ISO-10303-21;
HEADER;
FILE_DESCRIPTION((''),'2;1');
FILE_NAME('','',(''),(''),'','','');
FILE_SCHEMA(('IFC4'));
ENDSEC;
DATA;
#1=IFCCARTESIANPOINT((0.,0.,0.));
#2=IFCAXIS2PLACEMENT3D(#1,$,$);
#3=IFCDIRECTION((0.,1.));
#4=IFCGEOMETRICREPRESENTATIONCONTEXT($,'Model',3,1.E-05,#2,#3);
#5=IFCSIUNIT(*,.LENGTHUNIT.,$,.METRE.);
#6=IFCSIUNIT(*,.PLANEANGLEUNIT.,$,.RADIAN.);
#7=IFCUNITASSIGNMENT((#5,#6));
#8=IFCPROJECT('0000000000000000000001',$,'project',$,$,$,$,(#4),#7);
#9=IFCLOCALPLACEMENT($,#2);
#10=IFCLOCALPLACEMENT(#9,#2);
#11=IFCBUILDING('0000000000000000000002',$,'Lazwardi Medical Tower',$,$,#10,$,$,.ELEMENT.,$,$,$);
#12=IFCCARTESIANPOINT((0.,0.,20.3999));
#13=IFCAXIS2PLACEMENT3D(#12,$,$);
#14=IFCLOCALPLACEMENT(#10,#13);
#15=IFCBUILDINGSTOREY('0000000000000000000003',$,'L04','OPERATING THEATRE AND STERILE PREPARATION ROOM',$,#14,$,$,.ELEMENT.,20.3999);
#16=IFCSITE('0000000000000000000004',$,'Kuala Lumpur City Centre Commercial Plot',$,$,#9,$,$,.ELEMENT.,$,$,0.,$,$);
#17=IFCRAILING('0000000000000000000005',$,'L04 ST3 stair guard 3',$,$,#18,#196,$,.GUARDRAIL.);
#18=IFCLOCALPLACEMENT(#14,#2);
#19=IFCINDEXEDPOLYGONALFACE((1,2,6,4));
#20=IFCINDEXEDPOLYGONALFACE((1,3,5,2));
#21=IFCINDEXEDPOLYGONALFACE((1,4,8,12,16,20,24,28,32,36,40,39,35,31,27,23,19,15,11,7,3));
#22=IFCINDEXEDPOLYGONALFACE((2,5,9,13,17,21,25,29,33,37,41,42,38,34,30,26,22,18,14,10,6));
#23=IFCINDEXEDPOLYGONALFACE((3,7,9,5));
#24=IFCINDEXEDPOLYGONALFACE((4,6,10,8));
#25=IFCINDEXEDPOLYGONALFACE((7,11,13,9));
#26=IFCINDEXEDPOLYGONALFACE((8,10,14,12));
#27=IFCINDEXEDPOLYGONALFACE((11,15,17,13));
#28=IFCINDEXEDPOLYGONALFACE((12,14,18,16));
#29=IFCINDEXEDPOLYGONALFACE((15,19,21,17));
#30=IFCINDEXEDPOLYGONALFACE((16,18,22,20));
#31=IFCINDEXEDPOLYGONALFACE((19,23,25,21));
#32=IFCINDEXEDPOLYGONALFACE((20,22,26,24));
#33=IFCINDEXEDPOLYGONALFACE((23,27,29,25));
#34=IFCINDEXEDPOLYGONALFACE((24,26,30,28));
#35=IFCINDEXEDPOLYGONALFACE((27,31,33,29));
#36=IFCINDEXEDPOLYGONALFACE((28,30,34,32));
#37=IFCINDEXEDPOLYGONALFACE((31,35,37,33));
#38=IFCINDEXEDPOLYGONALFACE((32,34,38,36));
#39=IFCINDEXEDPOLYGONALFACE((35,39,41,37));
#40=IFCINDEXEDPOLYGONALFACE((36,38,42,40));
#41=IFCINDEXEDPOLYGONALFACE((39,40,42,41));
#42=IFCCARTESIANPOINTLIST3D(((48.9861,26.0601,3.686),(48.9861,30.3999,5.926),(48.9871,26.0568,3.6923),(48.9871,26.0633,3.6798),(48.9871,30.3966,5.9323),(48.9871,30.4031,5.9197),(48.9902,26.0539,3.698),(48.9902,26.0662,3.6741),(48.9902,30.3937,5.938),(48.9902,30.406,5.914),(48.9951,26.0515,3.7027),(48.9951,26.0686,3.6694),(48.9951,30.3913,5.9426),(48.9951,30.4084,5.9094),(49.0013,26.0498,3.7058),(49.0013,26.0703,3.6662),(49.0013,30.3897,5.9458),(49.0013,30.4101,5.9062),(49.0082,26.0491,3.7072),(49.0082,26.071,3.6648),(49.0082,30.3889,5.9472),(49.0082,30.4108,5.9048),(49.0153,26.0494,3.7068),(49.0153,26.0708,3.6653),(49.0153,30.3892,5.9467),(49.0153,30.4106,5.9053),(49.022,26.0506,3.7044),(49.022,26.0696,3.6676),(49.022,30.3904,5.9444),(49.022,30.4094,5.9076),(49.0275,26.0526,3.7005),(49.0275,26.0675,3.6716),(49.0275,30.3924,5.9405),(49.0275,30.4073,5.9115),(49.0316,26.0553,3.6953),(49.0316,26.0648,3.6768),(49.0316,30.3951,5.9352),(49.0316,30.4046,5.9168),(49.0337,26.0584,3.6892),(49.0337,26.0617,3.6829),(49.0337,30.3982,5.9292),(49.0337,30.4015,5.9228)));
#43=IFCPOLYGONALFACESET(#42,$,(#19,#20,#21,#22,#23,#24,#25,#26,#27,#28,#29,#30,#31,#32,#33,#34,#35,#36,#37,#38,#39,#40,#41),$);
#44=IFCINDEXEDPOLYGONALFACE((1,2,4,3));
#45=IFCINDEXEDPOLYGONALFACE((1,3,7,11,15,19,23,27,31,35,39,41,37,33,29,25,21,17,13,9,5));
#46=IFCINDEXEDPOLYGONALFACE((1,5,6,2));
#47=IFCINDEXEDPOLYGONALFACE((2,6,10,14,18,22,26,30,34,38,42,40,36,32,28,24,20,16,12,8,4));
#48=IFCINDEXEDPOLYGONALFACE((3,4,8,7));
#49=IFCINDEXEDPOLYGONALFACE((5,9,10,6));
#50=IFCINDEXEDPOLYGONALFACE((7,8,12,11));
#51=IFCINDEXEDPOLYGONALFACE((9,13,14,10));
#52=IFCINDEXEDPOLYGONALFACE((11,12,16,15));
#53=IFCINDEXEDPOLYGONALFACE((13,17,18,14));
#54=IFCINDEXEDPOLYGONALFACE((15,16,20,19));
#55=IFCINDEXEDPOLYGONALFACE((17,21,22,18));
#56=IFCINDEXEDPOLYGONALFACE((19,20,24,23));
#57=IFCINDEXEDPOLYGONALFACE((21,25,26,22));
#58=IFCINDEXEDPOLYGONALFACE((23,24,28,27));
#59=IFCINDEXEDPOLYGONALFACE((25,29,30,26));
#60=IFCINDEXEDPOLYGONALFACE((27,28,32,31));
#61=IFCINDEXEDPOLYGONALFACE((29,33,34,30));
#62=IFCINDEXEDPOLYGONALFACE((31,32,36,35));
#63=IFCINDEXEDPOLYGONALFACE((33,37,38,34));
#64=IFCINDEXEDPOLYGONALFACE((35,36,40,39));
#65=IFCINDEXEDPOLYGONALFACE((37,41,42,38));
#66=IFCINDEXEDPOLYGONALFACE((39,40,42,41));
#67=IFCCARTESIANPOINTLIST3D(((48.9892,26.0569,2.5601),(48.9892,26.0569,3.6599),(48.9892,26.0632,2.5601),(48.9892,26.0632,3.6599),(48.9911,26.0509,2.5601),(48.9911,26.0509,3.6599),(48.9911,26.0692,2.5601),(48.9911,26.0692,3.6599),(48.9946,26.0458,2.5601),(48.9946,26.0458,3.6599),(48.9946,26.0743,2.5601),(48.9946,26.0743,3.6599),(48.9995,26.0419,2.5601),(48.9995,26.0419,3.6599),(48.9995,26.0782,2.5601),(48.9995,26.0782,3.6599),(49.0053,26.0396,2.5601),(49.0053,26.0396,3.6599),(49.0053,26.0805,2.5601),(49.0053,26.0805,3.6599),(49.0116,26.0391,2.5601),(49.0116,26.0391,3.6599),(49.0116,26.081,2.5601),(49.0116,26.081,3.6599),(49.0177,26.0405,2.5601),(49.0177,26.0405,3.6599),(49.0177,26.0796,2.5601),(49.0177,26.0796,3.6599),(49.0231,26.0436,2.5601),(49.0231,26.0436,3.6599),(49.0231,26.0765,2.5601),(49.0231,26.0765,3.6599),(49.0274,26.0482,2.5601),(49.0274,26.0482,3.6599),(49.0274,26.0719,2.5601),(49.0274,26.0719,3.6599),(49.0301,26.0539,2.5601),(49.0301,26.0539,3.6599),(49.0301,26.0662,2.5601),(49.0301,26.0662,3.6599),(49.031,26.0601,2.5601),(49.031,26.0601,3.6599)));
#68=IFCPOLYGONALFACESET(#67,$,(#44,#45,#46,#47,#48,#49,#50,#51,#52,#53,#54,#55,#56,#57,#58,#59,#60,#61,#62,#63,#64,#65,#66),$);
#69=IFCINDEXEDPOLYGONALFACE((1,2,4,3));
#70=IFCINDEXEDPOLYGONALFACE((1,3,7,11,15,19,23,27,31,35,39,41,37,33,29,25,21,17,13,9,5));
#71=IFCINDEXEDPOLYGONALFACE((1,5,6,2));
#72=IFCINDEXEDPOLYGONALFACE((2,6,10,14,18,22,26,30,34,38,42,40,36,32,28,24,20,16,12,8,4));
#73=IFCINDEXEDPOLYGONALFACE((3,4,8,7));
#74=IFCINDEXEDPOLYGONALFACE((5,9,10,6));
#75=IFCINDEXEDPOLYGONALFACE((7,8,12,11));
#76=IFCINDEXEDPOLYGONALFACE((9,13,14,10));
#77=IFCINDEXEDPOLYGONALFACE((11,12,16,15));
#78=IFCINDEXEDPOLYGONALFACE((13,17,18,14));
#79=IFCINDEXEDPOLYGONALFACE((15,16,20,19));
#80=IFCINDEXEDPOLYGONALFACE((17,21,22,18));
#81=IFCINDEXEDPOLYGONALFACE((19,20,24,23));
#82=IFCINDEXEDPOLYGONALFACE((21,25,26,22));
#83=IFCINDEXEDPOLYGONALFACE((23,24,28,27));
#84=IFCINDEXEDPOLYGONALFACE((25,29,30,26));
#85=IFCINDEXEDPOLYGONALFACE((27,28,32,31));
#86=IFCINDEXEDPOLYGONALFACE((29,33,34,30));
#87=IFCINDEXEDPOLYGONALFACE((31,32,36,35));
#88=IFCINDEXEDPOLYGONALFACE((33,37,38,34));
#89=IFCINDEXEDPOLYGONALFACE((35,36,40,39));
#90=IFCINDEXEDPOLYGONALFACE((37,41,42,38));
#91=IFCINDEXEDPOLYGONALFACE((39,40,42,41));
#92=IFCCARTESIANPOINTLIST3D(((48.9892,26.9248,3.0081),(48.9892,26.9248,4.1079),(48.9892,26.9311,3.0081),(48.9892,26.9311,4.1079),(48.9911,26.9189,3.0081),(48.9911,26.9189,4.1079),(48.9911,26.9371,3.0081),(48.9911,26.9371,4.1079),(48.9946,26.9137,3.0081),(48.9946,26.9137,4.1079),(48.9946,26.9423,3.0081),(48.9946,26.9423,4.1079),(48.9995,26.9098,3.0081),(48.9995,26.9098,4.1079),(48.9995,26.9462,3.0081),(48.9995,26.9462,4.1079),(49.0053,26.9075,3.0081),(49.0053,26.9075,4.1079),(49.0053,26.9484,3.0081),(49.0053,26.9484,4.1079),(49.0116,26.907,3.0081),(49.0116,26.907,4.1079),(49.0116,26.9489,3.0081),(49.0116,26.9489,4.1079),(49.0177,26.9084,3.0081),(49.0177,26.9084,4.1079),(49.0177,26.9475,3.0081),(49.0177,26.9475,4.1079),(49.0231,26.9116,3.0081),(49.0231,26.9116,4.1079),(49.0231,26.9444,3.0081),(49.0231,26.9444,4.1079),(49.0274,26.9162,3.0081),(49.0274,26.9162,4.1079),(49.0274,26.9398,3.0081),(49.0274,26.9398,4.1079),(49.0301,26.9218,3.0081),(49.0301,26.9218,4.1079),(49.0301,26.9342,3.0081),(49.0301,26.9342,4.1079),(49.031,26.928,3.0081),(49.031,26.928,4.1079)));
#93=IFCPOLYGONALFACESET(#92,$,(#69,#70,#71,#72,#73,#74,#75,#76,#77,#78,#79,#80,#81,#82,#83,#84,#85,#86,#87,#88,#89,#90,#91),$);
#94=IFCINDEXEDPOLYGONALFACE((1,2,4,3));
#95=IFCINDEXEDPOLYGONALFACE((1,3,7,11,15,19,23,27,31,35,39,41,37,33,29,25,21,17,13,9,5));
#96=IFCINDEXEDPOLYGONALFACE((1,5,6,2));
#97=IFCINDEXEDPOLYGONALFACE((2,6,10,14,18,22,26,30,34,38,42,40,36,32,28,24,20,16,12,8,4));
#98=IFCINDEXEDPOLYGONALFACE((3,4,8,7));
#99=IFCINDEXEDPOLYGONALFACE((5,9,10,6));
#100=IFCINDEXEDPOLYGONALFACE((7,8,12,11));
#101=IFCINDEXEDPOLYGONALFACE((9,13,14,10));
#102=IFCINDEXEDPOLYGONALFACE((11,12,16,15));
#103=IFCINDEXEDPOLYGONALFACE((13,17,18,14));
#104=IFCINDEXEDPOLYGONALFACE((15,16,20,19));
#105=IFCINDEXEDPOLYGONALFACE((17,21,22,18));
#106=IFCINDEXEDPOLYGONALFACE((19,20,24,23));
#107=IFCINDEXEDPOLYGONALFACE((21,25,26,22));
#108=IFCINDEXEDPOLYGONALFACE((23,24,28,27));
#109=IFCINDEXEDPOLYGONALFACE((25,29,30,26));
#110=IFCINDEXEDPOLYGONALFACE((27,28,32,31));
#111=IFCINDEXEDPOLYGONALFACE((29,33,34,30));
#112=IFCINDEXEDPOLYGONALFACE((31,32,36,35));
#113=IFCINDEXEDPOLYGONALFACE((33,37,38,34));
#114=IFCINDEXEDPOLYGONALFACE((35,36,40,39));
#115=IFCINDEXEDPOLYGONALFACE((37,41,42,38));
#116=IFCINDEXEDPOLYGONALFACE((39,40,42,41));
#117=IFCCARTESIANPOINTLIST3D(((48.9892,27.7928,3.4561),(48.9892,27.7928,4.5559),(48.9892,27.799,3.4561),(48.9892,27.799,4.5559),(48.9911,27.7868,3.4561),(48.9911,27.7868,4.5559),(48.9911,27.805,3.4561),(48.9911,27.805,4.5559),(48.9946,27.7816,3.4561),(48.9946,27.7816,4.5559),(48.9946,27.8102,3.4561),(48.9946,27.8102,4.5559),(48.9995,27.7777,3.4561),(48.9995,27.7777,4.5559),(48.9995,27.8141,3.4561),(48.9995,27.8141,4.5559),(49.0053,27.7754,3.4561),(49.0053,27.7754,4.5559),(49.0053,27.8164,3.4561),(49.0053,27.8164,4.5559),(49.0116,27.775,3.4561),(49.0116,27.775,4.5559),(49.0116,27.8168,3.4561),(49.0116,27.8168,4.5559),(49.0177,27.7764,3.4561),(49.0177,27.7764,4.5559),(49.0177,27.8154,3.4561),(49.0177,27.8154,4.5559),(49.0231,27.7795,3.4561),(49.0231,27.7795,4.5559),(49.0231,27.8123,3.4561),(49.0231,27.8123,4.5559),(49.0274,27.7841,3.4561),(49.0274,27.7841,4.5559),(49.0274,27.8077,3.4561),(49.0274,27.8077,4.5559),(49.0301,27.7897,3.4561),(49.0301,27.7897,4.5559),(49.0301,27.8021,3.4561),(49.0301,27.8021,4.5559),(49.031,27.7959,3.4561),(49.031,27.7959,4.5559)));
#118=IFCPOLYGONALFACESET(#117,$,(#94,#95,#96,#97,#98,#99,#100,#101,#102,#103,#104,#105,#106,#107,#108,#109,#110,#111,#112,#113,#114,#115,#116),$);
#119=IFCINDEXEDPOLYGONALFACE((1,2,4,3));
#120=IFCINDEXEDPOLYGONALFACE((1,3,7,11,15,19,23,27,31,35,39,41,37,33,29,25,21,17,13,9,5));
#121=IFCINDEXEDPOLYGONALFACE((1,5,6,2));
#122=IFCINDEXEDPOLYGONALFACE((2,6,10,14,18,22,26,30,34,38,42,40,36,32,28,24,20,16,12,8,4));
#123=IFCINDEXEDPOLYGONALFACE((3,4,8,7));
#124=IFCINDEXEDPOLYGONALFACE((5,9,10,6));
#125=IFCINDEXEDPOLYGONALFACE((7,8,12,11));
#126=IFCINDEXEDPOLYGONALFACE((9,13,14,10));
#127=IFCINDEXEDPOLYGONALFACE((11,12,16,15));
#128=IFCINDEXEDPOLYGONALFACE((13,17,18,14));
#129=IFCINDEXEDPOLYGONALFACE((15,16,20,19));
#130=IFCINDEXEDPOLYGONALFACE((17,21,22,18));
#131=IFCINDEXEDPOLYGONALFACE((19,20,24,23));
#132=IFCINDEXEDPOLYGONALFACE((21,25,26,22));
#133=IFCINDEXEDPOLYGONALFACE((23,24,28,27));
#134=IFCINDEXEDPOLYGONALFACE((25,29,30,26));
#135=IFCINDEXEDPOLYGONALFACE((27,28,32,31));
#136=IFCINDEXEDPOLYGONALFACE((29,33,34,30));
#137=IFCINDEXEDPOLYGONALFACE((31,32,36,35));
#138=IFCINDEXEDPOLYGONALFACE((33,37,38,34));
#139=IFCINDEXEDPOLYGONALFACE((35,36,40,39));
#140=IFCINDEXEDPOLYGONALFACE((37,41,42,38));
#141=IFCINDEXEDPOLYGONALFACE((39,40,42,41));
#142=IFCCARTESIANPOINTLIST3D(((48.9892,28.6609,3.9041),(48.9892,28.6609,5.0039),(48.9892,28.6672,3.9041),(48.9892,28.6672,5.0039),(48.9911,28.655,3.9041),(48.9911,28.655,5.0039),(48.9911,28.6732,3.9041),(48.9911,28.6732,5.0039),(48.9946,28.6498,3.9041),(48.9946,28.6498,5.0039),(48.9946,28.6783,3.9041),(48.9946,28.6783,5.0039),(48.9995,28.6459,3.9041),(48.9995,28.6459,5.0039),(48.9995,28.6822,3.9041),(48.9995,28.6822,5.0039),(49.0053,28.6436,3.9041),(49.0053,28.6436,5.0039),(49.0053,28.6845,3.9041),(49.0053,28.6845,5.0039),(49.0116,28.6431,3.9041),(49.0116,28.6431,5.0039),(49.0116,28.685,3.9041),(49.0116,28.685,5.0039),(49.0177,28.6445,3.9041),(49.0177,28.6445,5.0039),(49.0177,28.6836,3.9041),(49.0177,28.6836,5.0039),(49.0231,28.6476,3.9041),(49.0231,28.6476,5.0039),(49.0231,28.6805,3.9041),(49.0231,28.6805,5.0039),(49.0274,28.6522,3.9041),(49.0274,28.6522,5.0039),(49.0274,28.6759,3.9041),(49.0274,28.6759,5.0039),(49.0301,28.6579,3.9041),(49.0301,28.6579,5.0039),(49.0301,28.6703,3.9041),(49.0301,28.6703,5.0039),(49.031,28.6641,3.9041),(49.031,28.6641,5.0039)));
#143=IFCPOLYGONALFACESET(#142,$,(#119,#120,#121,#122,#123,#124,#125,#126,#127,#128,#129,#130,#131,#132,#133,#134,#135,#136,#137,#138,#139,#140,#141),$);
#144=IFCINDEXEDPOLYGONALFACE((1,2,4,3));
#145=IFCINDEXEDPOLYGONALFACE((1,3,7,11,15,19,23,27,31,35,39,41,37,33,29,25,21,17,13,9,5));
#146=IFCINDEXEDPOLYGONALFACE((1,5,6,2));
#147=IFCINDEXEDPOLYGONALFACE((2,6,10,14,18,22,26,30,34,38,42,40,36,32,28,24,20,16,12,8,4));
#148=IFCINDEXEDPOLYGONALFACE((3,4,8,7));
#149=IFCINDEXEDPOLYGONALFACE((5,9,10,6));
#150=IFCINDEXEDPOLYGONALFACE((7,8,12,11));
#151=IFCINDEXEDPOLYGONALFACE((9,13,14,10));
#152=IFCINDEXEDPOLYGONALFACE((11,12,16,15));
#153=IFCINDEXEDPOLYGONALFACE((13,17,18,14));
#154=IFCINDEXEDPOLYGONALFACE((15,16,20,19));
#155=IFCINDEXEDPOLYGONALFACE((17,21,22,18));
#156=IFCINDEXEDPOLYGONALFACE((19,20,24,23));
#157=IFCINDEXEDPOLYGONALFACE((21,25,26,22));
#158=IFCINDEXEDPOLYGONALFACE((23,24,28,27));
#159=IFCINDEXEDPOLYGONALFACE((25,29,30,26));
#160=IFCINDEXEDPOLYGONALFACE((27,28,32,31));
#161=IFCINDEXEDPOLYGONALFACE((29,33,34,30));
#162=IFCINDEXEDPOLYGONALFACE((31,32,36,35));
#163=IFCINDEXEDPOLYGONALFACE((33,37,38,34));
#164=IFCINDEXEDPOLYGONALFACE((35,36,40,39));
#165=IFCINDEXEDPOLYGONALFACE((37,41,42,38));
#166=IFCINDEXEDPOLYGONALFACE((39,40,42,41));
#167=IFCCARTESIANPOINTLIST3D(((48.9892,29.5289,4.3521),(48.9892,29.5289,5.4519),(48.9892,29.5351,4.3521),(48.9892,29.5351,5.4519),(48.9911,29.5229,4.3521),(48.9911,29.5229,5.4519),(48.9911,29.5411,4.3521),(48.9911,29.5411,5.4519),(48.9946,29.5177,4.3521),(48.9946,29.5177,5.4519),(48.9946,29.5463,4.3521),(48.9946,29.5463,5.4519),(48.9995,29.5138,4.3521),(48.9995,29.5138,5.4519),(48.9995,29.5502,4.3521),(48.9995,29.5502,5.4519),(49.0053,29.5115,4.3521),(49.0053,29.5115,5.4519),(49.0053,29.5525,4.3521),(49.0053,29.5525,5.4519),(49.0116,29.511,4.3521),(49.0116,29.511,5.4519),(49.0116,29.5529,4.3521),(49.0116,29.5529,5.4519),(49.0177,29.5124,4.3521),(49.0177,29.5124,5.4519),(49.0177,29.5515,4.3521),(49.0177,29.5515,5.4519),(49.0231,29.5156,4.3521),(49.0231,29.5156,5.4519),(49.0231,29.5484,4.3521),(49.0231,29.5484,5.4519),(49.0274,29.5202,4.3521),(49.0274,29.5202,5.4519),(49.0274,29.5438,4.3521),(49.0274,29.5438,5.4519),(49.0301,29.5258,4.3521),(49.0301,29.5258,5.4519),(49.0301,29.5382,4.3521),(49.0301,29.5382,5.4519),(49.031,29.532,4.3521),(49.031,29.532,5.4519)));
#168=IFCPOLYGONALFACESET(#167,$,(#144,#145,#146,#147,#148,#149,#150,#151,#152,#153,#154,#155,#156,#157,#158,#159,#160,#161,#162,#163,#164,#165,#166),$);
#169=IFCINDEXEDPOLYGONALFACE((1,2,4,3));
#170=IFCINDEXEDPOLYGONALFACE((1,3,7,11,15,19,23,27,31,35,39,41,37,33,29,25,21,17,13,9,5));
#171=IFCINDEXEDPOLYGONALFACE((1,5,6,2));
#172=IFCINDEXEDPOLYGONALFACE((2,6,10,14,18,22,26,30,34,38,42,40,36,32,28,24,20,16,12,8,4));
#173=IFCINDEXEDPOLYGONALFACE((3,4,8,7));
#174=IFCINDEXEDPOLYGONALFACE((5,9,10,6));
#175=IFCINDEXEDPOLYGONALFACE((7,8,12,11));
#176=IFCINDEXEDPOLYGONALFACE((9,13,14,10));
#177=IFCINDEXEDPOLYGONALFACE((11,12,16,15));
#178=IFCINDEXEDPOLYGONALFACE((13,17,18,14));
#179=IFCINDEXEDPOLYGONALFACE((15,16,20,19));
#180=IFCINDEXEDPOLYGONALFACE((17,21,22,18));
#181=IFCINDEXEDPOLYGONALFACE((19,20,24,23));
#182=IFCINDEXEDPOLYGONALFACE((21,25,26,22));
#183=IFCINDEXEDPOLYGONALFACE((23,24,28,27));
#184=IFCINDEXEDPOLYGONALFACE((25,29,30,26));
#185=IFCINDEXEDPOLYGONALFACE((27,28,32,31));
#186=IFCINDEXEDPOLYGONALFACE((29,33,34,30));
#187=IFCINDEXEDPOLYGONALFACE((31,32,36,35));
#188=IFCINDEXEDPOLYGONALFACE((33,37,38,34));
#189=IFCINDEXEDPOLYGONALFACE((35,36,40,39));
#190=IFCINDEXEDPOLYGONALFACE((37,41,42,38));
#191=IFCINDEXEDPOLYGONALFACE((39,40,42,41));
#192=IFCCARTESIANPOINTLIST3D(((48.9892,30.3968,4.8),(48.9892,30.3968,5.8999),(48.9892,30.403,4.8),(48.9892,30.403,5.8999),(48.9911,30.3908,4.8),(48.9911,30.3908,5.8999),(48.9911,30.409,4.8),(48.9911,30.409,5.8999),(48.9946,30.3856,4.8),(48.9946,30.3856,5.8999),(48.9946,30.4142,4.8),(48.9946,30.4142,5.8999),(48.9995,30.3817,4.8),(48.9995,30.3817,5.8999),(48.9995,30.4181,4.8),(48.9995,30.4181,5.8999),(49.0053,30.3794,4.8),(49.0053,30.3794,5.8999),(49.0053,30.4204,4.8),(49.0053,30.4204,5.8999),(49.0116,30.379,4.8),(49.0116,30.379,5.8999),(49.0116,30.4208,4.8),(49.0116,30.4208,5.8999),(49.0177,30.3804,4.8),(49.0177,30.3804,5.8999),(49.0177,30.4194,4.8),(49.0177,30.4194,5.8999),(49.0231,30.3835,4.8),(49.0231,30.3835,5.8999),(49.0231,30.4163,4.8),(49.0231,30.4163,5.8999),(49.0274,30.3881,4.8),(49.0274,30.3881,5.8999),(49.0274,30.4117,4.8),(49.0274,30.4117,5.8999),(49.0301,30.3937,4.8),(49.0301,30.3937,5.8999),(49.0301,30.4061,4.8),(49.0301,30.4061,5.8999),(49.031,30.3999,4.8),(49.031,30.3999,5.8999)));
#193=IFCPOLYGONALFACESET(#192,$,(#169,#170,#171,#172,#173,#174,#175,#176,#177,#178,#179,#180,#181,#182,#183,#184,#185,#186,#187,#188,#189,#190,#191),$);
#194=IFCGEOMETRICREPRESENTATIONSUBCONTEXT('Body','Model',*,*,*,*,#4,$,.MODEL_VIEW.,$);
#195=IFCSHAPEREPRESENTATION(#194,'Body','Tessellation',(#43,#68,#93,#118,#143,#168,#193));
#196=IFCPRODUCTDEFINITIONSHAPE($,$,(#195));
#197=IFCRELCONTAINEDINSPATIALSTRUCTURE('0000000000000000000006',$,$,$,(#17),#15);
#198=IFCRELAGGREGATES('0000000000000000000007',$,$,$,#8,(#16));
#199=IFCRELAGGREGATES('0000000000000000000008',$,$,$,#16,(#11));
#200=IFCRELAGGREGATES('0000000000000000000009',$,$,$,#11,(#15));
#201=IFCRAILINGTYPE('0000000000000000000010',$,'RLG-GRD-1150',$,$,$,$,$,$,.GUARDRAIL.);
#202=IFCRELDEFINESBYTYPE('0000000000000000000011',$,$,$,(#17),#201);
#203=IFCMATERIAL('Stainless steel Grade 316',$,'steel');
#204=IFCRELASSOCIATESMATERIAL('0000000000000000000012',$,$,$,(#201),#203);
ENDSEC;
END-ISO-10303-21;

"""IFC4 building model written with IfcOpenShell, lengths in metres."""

from ifc_helpers import new_model, si_unit, direction, frame, origin, origin_2d, place, context, subcontext, project, spatial, circle, extrude, material, type_object, element, save


model = new_model("IFC4")

# Units and contexts
model_context = context("Model", 3, precision=1e-05, world=origin(), true_north=direction((0.0, 1.0)))
body_context = subcontext(model_context, "Body", "Model", "MODEL_VIEW")
ifc_project = project(units=[si_unit("LENGTHUNIT", "METRE"), si_unit("PLANEANGLEUNIT", "RADIAN")], contexts=[model_context])

# Site, building, storey
site_placement = place(None, origin())
site = spatial("IfcSite", under=ifc_project, at=site_placement, Name="Kuala Lumpur City Centre Commercial Plot", CompositionType="ELEMENT", RefElevation=0.0)
building_placement = place(site_placement, origin())
building = spatial("IfcBuilding", under=site, at=building_placement, Name="Lazwardi Medical Tower", CompositionType="ELEMENT")
storey_placement = place(building_placement, frame((0.0, 0.0, 20.3999)))
storey = spatial("IfcBuildingStorey", under=building, at=storey_placement, Name="L04", Description="OPERATING THEATRE AND STERILE PREPARATION ROOM", CompositionType="ELEMENT", Elevation=20.3999)

# Railing
ifc_material_1 = material(Name="Stainless steel Grade 316", Category="steel")
railing_type_1 = type_object("IfcRailingType", Name="RLG-GRD-1150", PredefinedType="GUARDRAIL", material=ifc_material_1)
railing_1_placement = place(storey_placement, frame((49.01, 26.0601, 2.5601)))
element("IfcRailing", 1, at=railing_1_placement, inside=storey, type_object=railing_type_1, Name="L04 ST3 stair guard 3", PredefinedType="GUARDRAIL", context=body_context, shape_type="SweptSolid", body=[
    extrude(circle(Radius=0.0239, at=origin_2d()), frame((0.0, 0.0, 1.126), z_axis=(0.0, 0.888615, 0.458654), x_axis=(-1.0, 0.0, 0.0)), (0.0, 0.0, 1.0), 4.8838),
    extrude(circle(Radius=0.021, at=origin_2d()), origin(), (0.0, 0.0, 1.0), 1.0999),
    extrude(circle(Radius=0.021, at=origin_2d()), frame((0.0, 0.8679, 0.448)), (0.0, 0.0, 1.0), 1.0999),
    extrude(circle(Radius=0.021, at=origin_2d()), frame((0.0, 1.7358, 0.896)), (0.0, 0.0, 1.0), 1.0999),
    extrude(circle(Radius=0.021, at=origin_2d()), frame((0.0, 2.604, 1.344)), (0.0, 0.0, 1.0), 1.0999),
    extrude(circle(Radius=0.021, at=origin_2d()), frame((0.0, 3.4719, 1.792)), (0.0, 0.0, 1.0), 1.0999),
    extrude(circle(Radius=0.021, at=origin_2d()), frame((0.0, 4.3398, 2.24)), (0.0, 0.0, 1.0), 1.0999),
])

save(model, "model.ifc")
